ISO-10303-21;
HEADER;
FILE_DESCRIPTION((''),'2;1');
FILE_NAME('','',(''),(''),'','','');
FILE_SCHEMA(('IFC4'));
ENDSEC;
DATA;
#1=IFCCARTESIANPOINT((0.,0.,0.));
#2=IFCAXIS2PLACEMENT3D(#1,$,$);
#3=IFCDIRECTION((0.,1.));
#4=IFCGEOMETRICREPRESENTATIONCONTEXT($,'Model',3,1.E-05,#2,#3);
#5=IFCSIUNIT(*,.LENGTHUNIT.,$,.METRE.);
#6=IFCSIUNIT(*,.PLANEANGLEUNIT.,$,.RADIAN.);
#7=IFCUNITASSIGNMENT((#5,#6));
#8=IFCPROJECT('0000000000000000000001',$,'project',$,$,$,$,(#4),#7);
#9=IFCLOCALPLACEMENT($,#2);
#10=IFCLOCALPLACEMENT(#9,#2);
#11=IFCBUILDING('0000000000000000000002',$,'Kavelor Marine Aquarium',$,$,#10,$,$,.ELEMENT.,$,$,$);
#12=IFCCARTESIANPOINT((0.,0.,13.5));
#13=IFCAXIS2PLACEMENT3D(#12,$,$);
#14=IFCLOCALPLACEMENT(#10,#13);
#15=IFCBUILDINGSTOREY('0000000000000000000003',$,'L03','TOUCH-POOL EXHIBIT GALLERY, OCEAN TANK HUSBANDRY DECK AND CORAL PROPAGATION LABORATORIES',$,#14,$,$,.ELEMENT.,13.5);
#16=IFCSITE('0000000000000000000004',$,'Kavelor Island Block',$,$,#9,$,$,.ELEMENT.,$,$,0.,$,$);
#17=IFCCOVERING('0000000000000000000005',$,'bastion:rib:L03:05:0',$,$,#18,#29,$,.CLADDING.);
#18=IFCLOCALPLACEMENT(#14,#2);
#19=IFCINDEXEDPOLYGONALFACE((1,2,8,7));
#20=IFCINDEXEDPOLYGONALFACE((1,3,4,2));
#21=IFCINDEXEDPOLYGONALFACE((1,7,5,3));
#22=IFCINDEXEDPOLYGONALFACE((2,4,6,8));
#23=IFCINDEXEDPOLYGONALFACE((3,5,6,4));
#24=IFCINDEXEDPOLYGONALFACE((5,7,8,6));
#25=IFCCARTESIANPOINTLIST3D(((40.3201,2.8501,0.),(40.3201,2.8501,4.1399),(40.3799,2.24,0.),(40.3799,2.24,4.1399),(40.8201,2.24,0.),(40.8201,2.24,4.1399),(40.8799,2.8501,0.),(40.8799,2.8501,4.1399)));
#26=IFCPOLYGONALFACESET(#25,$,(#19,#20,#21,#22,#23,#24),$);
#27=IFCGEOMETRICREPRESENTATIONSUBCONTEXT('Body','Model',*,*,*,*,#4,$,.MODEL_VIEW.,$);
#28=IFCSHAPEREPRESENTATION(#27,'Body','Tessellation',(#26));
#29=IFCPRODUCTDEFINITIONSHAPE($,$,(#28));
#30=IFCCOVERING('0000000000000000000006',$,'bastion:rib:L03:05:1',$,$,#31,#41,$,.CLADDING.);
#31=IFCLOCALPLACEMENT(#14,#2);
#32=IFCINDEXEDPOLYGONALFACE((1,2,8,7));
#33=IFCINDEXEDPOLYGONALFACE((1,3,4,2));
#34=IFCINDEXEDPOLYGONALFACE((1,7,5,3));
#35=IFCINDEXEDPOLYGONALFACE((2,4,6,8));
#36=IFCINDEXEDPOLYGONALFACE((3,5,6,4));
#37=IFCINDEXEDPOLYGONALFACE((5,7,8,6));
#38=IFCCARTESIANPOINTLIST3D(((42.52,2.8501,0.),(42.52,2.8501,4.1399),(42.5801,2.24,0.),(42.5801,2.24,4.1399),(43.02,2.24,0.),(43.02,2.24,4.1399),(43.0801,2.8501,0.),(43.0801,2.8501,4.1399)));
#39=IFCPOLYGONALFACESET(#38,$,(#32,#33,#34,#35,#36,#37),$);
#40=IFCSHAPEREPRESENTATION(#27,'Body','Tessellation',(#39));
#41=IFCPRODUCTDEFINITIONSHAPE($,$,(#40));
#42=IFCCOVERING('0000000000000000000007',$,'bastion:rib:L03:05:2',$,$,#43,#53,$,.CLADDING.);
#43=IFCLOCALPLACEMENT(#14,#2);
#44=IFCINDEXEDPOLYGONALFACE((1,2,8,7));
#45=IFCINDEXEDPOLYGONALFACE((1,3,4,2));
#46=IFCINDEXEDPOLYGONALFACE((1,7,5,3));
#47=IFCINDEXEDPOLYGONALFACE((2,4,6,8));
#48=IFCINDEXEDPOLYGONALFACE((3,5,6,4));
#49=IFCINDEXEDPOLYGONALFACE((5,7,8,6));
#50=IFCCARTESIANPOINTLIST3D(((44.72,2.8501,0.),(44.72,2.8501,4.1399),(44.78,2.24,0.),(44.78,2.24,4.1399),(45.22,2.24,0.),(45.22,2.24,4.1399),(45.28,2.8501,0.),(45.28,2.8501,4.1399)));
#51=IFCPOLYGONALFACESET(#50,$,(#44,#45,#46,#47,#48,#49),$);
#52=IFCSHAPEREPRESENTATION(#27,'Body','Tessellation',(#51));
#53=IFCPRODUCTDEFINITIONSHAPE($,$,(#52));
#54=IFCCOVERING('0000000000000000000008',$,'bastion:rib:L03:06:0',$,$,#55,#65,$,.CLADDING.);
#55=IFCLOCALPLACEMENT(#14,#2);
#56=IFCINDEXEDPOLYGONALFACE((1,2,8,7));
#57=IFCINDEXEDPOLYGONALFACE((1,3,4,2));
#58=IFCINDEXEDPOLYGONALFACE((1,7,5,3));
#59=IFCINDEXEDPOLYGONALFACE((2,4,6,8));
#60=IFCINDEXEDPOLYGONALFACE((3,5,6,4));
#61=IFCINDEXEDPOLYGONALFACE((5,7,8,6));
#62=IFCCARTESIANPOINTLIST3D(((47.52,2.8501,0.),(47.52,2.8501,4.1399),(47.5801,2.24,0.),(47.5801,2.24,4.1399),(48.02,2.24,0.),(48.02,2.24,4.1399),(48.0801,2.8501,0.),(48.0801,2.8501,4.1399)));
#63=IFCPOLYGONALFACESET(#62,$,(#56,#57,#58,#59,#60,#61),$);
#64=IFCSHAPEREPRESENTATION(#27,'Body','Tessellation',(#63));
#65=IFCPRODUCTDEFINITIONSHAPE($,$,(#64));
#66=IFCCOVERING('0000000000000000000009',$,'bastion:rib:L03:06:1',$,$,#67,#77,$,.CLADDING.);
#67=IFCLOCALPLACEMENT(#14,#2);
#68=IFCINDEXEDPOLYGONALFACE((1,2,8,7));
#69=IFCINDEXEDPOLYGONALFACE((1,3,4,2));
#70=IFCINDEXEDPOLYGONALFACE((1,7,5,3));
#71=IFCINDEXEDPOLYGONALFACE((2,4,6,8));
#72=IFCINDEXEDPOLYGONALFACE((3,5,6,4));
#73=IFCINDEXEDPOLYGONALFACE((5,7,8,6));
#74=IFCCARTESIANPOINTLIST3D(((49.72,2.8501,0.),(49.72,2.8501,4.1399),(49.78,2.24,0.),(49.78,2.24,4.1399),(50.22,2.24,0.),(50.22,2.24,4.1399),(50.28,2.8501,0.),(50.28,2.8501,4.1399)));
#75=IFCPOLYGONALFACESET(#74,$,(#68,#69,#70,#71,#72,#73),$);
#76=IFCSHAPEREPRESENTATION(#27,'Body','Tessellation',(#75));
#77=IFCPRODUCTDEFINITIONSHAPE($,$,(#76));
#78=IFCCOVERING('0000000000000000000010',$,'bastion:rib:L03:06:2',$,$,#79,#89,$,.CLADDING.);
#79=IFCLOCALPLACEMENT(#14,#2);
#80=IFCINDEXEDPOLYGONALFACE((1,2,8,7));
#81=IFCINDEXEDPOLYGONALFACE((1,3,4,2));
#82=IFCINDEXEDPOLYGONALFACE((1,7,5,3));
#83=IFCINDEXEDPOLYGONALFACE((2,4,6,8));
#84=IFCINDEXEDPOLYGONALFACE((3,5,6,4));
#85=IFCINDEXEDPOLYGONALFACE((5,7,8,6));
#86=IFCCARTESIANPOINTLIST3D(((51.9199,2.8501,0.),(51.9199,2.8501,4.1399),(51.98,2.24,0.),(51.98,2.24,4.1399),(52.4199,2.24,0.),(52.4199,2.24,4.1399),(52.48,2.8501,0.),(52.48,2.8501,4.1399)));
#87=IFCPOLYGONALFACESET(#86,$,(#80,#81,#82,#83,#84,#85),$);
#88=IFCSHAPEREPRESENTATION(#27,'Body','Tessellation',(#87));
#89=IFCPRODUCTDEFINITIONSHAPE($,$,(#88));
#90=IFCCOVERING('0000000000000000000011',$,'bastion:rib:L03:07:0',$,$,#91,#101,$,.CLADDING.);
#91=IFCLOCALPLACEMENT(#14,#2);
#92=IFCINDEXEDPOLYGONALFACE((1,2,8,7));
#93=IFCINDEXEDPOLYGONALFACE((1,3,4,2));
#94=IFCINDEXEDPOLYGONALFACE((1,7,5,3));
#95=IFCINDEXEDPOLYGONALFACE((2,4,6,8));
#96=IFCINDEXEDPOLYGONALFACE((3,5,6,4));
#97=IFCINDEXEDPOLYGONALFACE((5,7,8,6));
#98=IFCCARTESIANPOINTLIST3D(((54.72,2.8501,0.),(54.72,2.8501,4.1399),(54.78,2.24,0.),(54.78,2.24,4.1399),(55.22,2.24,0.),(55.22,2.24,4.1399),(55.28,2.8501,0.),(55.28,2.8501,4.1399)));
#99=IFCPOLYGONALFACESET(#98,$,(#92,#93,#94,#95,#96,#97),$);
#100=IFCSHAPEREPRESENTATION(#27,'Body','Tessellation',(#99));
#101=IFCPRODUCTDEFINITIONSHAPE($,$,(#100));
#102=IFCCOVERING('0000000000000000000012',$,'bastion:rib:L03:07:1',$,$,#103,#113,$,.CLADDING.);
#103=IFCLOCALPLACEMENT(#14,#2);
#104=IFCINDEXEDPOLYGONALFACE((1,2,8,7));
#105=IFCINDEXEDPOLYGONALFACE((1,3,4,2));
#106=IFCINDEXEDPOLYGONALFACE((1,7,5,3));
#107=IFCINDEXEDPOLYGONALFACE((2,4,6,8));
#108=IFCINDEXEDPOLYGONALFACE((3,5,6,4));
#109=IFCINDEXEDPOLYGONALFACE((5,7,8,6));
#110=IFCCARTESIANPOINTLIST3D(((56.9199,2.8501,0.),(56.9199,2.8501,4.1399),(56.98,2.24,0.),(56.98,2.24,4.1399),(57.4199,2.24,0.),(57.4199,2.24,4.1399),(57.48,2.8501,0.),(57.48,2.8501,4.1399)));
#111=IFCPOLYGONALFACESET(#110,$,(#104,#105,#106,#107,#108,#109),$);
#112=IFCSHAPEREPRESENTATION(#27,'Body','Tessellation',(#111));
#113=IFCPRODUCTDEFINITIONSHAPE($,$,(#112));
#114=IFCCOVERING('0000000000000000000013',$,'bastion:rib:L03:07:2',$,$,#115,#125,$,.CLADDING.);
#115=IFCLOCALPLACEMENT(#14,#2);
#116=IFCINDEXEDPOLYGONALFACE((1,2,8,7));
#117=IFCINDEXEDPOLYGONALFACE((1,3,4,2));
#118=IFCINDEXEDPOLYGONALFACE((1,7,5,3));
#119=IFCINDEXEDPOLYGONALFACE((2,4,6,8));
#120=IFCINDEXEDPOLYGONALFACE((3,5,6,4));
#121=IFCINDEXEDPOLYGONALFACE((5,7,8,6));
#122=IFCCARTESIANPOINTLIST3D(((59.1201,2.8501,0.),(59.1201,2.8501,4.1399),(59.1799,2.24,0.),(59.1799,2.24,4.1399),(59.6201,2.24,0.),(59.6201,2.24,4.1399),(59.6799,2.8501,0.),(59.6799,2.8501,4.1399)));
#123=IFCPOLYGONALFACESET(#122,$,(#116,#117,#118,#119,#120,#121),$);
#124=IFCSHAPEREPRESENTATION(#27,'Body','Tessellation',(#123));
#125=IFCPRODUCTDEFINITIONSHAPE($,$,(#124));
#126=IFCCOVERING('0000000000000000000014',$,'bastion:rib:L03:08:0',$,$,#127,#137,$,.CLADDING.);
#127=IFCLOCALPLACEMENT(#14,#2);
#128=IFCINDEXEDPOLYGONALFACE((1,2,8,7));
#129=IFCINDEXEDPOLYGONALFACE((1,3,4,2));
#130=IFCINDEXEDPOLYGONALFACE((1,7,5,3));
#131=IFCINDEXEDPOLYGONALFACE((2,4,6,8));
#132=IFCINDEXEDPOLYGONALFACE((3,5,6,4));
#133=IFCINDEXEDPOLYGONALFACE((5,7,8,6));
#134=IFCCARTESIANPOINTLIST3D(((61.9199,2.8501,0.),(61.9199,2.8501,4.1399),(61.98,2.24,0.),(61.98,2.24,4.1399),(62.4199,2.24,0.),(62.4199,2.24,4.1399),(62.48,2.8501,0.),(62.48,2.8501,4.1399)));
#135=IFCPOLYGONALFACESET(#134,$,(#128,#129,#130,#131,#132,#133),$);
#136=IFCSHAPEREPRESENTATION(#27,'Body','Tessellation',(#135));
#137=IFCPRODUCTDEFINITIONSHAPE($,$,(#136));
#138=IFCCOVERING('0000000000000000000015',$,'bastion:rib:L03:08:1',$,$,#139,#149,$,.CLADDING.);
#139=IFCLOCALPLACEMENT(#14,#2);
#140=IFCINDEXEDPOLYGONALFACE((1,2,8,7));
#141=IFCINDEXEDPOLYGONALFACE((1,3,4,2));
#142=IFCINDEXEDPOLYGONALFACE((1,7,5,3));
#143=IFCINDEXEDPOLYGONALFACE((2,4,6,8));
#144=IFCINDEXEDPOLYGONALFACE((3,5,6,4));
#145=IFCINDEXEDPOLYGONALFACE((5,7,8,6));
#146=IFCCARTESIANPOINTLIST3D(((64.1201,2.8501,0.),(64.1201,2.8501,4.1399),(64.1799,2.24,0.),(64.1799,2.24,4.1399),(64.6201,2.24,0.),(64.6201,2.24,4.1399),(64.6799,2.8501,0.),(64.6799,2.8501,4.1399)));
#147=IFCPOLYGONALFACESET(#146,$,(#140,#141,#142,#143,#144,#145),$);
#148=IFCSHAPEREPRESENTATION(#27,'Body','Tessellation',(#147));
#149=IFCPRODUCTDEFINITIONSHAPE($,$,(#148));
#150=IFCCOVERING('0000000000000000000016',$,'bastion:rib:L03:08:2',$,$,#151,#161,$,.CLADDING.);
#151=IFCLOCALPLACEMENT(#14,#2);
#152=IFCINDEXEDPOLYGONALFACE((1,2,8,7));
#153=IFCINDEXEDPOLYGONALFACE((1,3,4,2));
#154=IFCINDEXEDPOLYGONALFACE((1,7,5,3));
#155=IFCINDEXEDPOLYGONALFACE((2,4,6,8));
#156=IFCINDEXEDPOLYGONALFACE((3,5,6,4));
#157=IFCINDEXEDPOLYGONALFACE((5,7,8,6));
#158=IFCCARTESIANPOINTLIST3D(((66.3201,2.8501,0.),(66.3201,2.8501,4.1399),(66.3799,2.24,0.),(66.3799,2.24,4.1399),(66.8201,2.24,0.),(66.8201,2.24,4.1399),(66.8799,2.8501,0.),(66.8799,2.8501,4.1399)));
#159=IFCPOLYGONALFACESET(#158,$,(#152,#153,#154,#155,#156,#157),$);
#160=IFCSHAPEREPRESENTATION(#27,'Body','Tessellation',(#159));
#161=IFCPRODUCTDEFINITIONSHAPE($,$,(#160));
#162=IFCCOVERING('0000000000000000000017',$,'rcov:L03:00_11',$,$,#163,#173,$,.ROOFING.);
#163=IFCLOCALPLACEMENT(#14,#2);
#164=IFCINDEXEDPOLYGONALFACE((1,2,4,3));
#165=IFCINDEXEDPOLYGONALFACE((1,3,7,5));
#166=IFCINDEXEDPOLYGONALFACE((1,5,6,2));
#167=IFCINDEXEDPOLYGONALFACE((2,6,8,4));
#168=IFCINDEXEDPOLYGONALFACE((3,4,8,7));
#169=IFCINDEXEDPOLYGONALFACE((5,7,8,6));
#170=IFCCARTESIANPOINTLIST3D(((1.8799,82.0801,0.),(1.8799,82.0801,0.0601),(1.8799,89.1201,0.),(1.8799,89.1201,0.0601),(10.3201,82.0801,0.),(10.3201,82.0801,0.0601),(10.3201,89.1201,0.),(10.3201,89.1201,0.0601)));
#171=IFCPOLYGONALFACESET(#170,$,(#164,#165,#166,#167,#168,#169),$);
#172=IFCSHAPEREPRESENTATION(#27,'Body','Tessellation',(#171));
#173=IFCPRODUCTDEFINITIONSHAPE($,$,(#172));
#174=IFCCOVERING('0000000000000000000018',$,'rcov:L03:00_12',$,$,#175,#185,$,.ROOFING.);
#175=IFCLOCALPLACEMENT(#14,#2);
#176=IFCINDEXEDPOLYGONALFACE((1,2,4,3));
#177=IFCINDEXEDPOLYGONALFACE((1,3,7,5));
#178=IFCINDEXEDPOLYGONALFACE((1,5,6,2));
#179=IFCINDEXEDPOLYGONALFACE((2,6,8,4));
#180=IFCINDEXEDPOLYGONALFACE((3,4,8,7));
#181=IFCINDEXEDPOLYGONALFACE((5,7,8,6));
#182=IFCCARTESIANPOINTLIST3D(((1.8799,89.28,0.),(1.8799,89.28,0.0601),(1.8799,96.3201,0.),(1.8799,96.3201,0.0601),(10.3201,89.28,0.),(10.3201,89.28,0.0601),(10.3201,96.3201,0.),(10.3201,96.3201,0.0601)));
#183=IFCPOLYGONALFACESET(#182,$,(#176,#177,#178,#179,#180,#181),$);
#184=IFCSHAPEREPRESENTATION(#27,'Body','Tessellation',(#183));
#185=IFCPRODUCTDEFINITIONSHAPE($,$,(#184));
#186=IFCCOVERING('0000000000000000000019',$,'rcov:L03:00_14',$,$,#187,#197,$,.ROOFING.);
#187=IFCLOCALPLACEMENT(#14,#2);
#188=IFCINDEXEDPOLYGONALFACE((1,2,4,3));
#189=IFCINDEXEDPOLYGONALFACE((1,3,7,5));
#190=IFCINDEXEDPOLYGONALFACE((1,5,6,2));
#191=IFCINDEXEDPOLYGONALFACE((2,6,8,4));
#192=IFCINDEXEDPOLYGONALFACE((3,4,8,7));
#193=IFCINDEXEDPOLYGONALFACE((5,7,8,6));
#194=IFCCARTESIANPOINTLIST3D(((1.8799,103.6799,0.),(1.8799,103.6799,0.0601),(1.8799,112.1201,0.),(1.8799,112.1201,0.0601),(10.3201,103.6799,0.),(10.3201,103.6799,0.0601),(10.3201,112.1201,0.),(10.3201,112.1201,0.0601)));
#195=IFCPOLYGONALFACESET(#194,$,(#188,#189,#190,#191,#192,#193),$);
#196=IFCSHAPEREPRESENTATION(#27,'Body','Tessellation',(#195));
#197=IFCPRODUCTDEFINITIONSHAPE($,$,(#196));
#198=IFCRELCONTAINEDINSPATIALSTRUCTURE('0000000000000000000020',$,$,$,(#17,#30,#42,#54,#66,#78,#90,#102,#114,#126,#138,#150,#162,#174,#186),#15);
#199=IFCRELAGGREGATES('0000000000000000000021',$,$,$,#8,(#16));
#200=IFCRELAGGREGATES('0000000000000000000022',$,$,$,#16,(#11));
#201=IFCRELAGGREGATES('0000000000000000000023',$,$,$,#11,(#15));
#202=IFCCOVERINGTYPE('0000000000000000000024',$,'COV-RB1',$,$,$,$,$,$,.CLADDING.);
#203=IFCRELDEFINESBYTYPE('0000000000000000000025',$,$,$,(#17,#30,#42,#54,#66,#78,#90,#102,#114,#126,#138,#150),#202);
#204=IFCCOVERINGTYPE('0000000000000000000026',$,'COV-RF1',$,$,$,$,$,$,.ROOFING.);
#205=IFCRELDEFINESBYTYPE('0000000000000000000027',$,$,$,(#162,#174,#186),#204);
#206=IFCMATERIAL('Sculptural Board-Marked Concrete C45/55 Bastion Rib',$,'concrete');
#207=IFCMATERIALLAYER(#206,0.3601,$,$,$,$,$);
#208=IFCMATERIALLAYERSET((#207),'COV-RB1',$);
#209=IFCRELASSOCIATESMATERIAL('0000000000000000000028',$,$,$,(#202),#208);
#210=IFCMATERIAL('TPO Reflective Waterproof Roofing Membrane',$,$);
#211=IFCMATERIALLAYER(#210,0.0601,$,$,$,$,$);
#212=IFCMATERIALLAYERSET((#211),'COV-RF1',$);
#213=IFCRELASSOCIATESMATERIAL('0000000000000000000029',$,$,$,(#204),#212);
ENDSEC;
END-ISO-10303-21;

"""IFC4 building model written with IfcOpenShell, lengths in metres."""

from ifc_helpers import new_model, si_unit, direction, frame, origin, place, context, subcontext, project, spatial, polyline, outline, extrude, material, layer, layer_set, type_object, element, save


model = new_model("IFC4")

# Units and contexts
model_context = context("Model", 3, precision=1e-05, world=origin(), true_north=direction((0.0, 1.0)))
body_context = subcontext(model_context, "Body", "Model", "MODEL_VIEW")
ifc_project = project(units=[si_unit("LENGTHUNIT", "METRE"), si_unit("PLANEANGLEUNIT", "RADIAN")], contexts=[model_context])

# Site, building, storey
site_placement = place(None, origin())
site = spatial("IfcSite", under=ifc_project, at=site_placement, Name="Kavelor Island Block", CompositionType="ELEMENT", RefElevation=0.0)
building_placement = place(site_placement, origin())
building = spatial("IfcBuilding", under=site, at=building_placement, Name="Kavelor Marine Aquarium", CompositionType="ELEMENT")
storey_placement = place(building_placement, frame((0.0, 0.0, 13.5)))
storey = spatial("IfcBuildingStorey", under=building, at=storey_placement, Name="L03", Description="TOUCH-POOL EXHIBIT GALLERY, OCEAN TANK HUSBANDRY DECK AND CORAL PROPAGATION LABORATORIES", CompositionType="ELEMENT", Elevation=13.5)

# Coverings
ifc_material_1 = material(Name="Sculptural Board-Marked Concrete C45/55 Bastion Rib", Category="concrete")
ifc_layer_1 = layer(ifc_material_1, 0.3601)
ifc_layer_set_1 = layer_set([ifc_layer_1], Name="COV-RB1")
covering_type_1 = type_object("IfcCoveringType", Name="COV-RB1", PredefinedType="CLADDING", material=ifc_layer_set_1)
covering_1_placement = place(storey_placement, origin())
element("IfcCovering", 1, at=covering_1_placement, inside=storey, type_object=covering_type_1, Name="bastion:rib:L03:05:0", PredefinedType="CLADDING", context=body_context, shape_type="SweptSolid", body=[
    extrude(outline(polyline([(40.3799, 2.24), (40.8201, 2.24), (40.8799, 2.8501), (40.3201, 2.8501), (40.3799, 2.24)])), origin(), (0.0, 0.0, 1.0), 4.1399),
])
covering_2_placement = place(storey_placement, origin())
element("IfcCovering", 2, at=covering_2_placement, inside=storey, type_object=covering_type_1, Name="bastion:rib:L03:05:1", PredefinedType="CLADDING", context=body_context, shape_type="SweptSolid", body=[
    extrude(outline(polyline([(42.5801, 2.24), (43.02, 2.24), (43.0801, 2.8501), (42.52, 2.8501), (42.5801, 2.24)])), origin(), (0.0, 0.0, 1.0), 4.1399),
])
covering_3_placement = place(storey_placement, origin())
element("IfcCovering", 3, at=covering_3_placement, inside=storey, type_object=covering_type_1, Name="bastion:rib:L03:05:2", PredefinedType="CLADDING", context=body_context, shape_type="SweptSolid", body=[
    extrude(outline(polyline([(44.78, 2.24), (45.22, 2.24), (45.28, 2.8501), (44.72, 2.8501), (44.78, 2.24)])), origin(), (0.0, 0.0, 1.0), 4.1399),
])
covering_4_placement = place(storey_placement, origin())
element("IfcCovering", 4, at=covering_4_placement, inside=storey, type_object=covering_type_1, Name="bastion:rib:L03:06:0", PredefinedType="CLADDING", context=body_context, shape_type="SweptSolid", body=[
    extrude(outline(polyline([(47.5801, 2.24), (48.02, 2.24), (48.0801, 2.8501), (47.52, 2.8501), (47.5801, 2.24)])), origin(), (0.0, 0.0, 1.0), 4.1399),
])
covering_5_placement = place(storey_placement, origin())
element("IfcCovering", 5, at=covering_5_placement, inside=storey, type_object=covering_type_1, Name="bastion:rib:L03:06:1", PredefinedType="CLADDING", context=body_context, shape_type="SweptSolid", body=[
    extrude(outline(polyline([(49.78, 2.24), (50.22, 2.24), (50.28, 2.8501), (49.72, 2.8501), (49.78, 2.24)])), origin(), (0.0, 0.0, 1.0), 4.1399),
])
covering_6_placement = place(storey_placement, origin())
element("IfcCovering", 6, at=covering_6_placement, inside=storey, type_object=covering_type_1, Name="bastion:rib:L03:06:2", PredefinedType="CLADDING", context=body_context, shape_type="SweptSolid", body=[
    extrude(outline(polyline([(51.98, 2.24), (52.4199, 2.24), (52.48, 2.8501), (51.9199, 2.8501), (51.98, 2.24)])), origin(), (0.0, 0.0, 1.0), 4.1399),
])
covering_7_placement = place(storey_placement, origin())
element("IfcCovering", 7, at=covering_7_placement, inside=storey, type_object=covering_type_1, Name="bastion:rib:L03:07:0", PredefinedType="CLADDING", context=body_context, shape_type="SweptSolid", body=[
    extrude(outline(polyline([(54.78, 2.24), (55.22, 2.24), (55.28, 2.8501), (54.72, 2.8501), (54.78, 2.24)])), origin(), (0.0, 0.0, 1.0), 4.1399),
])
covering_8_placement = place(storey_placement, origin())
element("IfcCovering", 8, at=covering_8_placement, inside=storey, type_object=covering_type_1, Name="bastion:rib:L03:07:1", PredefinedType="CLADDING", context=body_context, shape_type="SweptSolid", body=[
    extrude(outline(polyline([(56.98, 2.24), (57.4199, 2.24), (57.48, 2.8501), (56.9199, 2.8501), (56.98, 2.24)])), origin(), (0.0, 0.0, 1.0), 4.1399),
])
covering_9_placement = place(storey_placement, origin())
element("IfcCovering", 9, at=covering_9_placement, inside=storey, type_object=covering_type_1, Name="bastion:rib:L03:07:2", PredefinedType="CLADDING", context=body_context, shape_type="SweptSolid", body=[
    extrude(outline(polyline([(59.1799, 2.24), (59.6201, 2.24), (59.6799, 2.8501), (59.1201, 2.8501), (59.1799, 2.24)])), origin(), (0.0, 0.0, 1.0), 4.1399),
])
covering_10_placement = place(storey_placement, origin())
element("IfcCovering", 10, at=covering_10_placement, inside=storey, type_object=covering_type_1, Name="bastion:rib:L03:08:0", PredefinedType="CLADDING", context=body_context, shape_type="SweptSolid", body=[
    extrude(outline(polyline([(61.98, 2.24), (62.4199, 2.24), (62.48, 2.8501), (61.9199, 2.8501), (61.98, 2.24)])), origin(), (0.0, 0.0, 1.0), 4.1399),
])
covering_11_placement = place(storey_placement, origin())
element("IfcCovering", 11, at=covering_11_placement, inside=storey, type_object=covering_type_1, Name="bastion:rib:L03:08:1", PredefinedType="CLADDING", context=body_context, shape_type="SweptSolid", body=[
    extrude(outline(polyline([(64.1799, 2.24), (64.6201, 2.24), (64.6799, 2.8501), (64.1201, 2.8501), (64.1799, 2.24)])), origin(), (0.0, 0.0, 1.0), 4.1399),
])
covering_12_placement = place(storey_placement, origin())
element("IfcCovering", 12, at=covering_12_placement, inside=storey, type_object=covering_type_1, Name="bastion:rib:L03:08:2", PredefinedType="CLADDING", context=body_context, shape_type="SweptSolid", body=[
    extrude(outline(polyline([(66.3799, 2.24), (66.8201, 2.24), (66.8799, 2.8501), (66.3201, 2.8501), (66.3799, 2.24)])), origin(), (0.0, 0.0, 1.0), 4.1399),
])
ifc_material_2 = material(Name="TPO Reflective Waterproof Roofing Membrane")
ifc_layer_2 = layer(ifc_material_2, 0.0601)
ifc_layer_set_2 = layer_set([ifc_layer_2], Name="COV-RF1")
covering_type_2 = type_object("IfcCoveringType", Name="COV-RF1", PredefinedType="ROOFING", material=ifc_layer_set_2)
covering_13_placement = place(storey_placement, origin())
element("IfcCovering", 13, at=covering_13_placement, inside=storey, type_object=covering_type_2, Name="rcov:L03:00_11", PredefinedType="ROOFING", context=body_context, shape_type="SweptSolid", body=[
    extrude(outline(polyline([(1.8799, 82.0801), (10.3201, 82.0801), (10.3201, 89.1201), (1.8799, 89.1201), (1.8799, 82.0801)])), origin(), (0.0, 0.0, 1.0), 0.0601),
])
covering_14_placement = place(storey_placement, origin())
element("IfcCovering", 14, at=covering_14_placement, inside=storey, type_object=covering_type_2, Name="rcov:L03:00_12", PredefinedType="ROOFING", context=body_context, shape_type="SweptSolid", body=[
    extrude(outline(polyline([(1.8799, 89.28), (10.3201, 89.28), (10.3201, 96.3201), (1.8799, 96.3201), (1.8799, 89.28)])), origin(), (0.0, 0.0, 1.0), 0.0601),
])
covering_15_placement = place(storey_placement, origin())
element("IfcCovering", 15, at=covering_15_placement, inside=storey, type_object=covering_type_2, Name="rcov:L03:00_14", PredefinedType="ROOFING", context=body_context, shape_type="SweptSolid", body=[
    extrude(outline(polyline([(1.8799, 103.6799), (10.3201, 103.6799), (10.3201, 112.1201), (1.8799, 112.1201), (1.8799, 103.6799)])), origin(), (0.0, 0.0, 1.0), 0.0601),
])

save(model, "model.ifc")
